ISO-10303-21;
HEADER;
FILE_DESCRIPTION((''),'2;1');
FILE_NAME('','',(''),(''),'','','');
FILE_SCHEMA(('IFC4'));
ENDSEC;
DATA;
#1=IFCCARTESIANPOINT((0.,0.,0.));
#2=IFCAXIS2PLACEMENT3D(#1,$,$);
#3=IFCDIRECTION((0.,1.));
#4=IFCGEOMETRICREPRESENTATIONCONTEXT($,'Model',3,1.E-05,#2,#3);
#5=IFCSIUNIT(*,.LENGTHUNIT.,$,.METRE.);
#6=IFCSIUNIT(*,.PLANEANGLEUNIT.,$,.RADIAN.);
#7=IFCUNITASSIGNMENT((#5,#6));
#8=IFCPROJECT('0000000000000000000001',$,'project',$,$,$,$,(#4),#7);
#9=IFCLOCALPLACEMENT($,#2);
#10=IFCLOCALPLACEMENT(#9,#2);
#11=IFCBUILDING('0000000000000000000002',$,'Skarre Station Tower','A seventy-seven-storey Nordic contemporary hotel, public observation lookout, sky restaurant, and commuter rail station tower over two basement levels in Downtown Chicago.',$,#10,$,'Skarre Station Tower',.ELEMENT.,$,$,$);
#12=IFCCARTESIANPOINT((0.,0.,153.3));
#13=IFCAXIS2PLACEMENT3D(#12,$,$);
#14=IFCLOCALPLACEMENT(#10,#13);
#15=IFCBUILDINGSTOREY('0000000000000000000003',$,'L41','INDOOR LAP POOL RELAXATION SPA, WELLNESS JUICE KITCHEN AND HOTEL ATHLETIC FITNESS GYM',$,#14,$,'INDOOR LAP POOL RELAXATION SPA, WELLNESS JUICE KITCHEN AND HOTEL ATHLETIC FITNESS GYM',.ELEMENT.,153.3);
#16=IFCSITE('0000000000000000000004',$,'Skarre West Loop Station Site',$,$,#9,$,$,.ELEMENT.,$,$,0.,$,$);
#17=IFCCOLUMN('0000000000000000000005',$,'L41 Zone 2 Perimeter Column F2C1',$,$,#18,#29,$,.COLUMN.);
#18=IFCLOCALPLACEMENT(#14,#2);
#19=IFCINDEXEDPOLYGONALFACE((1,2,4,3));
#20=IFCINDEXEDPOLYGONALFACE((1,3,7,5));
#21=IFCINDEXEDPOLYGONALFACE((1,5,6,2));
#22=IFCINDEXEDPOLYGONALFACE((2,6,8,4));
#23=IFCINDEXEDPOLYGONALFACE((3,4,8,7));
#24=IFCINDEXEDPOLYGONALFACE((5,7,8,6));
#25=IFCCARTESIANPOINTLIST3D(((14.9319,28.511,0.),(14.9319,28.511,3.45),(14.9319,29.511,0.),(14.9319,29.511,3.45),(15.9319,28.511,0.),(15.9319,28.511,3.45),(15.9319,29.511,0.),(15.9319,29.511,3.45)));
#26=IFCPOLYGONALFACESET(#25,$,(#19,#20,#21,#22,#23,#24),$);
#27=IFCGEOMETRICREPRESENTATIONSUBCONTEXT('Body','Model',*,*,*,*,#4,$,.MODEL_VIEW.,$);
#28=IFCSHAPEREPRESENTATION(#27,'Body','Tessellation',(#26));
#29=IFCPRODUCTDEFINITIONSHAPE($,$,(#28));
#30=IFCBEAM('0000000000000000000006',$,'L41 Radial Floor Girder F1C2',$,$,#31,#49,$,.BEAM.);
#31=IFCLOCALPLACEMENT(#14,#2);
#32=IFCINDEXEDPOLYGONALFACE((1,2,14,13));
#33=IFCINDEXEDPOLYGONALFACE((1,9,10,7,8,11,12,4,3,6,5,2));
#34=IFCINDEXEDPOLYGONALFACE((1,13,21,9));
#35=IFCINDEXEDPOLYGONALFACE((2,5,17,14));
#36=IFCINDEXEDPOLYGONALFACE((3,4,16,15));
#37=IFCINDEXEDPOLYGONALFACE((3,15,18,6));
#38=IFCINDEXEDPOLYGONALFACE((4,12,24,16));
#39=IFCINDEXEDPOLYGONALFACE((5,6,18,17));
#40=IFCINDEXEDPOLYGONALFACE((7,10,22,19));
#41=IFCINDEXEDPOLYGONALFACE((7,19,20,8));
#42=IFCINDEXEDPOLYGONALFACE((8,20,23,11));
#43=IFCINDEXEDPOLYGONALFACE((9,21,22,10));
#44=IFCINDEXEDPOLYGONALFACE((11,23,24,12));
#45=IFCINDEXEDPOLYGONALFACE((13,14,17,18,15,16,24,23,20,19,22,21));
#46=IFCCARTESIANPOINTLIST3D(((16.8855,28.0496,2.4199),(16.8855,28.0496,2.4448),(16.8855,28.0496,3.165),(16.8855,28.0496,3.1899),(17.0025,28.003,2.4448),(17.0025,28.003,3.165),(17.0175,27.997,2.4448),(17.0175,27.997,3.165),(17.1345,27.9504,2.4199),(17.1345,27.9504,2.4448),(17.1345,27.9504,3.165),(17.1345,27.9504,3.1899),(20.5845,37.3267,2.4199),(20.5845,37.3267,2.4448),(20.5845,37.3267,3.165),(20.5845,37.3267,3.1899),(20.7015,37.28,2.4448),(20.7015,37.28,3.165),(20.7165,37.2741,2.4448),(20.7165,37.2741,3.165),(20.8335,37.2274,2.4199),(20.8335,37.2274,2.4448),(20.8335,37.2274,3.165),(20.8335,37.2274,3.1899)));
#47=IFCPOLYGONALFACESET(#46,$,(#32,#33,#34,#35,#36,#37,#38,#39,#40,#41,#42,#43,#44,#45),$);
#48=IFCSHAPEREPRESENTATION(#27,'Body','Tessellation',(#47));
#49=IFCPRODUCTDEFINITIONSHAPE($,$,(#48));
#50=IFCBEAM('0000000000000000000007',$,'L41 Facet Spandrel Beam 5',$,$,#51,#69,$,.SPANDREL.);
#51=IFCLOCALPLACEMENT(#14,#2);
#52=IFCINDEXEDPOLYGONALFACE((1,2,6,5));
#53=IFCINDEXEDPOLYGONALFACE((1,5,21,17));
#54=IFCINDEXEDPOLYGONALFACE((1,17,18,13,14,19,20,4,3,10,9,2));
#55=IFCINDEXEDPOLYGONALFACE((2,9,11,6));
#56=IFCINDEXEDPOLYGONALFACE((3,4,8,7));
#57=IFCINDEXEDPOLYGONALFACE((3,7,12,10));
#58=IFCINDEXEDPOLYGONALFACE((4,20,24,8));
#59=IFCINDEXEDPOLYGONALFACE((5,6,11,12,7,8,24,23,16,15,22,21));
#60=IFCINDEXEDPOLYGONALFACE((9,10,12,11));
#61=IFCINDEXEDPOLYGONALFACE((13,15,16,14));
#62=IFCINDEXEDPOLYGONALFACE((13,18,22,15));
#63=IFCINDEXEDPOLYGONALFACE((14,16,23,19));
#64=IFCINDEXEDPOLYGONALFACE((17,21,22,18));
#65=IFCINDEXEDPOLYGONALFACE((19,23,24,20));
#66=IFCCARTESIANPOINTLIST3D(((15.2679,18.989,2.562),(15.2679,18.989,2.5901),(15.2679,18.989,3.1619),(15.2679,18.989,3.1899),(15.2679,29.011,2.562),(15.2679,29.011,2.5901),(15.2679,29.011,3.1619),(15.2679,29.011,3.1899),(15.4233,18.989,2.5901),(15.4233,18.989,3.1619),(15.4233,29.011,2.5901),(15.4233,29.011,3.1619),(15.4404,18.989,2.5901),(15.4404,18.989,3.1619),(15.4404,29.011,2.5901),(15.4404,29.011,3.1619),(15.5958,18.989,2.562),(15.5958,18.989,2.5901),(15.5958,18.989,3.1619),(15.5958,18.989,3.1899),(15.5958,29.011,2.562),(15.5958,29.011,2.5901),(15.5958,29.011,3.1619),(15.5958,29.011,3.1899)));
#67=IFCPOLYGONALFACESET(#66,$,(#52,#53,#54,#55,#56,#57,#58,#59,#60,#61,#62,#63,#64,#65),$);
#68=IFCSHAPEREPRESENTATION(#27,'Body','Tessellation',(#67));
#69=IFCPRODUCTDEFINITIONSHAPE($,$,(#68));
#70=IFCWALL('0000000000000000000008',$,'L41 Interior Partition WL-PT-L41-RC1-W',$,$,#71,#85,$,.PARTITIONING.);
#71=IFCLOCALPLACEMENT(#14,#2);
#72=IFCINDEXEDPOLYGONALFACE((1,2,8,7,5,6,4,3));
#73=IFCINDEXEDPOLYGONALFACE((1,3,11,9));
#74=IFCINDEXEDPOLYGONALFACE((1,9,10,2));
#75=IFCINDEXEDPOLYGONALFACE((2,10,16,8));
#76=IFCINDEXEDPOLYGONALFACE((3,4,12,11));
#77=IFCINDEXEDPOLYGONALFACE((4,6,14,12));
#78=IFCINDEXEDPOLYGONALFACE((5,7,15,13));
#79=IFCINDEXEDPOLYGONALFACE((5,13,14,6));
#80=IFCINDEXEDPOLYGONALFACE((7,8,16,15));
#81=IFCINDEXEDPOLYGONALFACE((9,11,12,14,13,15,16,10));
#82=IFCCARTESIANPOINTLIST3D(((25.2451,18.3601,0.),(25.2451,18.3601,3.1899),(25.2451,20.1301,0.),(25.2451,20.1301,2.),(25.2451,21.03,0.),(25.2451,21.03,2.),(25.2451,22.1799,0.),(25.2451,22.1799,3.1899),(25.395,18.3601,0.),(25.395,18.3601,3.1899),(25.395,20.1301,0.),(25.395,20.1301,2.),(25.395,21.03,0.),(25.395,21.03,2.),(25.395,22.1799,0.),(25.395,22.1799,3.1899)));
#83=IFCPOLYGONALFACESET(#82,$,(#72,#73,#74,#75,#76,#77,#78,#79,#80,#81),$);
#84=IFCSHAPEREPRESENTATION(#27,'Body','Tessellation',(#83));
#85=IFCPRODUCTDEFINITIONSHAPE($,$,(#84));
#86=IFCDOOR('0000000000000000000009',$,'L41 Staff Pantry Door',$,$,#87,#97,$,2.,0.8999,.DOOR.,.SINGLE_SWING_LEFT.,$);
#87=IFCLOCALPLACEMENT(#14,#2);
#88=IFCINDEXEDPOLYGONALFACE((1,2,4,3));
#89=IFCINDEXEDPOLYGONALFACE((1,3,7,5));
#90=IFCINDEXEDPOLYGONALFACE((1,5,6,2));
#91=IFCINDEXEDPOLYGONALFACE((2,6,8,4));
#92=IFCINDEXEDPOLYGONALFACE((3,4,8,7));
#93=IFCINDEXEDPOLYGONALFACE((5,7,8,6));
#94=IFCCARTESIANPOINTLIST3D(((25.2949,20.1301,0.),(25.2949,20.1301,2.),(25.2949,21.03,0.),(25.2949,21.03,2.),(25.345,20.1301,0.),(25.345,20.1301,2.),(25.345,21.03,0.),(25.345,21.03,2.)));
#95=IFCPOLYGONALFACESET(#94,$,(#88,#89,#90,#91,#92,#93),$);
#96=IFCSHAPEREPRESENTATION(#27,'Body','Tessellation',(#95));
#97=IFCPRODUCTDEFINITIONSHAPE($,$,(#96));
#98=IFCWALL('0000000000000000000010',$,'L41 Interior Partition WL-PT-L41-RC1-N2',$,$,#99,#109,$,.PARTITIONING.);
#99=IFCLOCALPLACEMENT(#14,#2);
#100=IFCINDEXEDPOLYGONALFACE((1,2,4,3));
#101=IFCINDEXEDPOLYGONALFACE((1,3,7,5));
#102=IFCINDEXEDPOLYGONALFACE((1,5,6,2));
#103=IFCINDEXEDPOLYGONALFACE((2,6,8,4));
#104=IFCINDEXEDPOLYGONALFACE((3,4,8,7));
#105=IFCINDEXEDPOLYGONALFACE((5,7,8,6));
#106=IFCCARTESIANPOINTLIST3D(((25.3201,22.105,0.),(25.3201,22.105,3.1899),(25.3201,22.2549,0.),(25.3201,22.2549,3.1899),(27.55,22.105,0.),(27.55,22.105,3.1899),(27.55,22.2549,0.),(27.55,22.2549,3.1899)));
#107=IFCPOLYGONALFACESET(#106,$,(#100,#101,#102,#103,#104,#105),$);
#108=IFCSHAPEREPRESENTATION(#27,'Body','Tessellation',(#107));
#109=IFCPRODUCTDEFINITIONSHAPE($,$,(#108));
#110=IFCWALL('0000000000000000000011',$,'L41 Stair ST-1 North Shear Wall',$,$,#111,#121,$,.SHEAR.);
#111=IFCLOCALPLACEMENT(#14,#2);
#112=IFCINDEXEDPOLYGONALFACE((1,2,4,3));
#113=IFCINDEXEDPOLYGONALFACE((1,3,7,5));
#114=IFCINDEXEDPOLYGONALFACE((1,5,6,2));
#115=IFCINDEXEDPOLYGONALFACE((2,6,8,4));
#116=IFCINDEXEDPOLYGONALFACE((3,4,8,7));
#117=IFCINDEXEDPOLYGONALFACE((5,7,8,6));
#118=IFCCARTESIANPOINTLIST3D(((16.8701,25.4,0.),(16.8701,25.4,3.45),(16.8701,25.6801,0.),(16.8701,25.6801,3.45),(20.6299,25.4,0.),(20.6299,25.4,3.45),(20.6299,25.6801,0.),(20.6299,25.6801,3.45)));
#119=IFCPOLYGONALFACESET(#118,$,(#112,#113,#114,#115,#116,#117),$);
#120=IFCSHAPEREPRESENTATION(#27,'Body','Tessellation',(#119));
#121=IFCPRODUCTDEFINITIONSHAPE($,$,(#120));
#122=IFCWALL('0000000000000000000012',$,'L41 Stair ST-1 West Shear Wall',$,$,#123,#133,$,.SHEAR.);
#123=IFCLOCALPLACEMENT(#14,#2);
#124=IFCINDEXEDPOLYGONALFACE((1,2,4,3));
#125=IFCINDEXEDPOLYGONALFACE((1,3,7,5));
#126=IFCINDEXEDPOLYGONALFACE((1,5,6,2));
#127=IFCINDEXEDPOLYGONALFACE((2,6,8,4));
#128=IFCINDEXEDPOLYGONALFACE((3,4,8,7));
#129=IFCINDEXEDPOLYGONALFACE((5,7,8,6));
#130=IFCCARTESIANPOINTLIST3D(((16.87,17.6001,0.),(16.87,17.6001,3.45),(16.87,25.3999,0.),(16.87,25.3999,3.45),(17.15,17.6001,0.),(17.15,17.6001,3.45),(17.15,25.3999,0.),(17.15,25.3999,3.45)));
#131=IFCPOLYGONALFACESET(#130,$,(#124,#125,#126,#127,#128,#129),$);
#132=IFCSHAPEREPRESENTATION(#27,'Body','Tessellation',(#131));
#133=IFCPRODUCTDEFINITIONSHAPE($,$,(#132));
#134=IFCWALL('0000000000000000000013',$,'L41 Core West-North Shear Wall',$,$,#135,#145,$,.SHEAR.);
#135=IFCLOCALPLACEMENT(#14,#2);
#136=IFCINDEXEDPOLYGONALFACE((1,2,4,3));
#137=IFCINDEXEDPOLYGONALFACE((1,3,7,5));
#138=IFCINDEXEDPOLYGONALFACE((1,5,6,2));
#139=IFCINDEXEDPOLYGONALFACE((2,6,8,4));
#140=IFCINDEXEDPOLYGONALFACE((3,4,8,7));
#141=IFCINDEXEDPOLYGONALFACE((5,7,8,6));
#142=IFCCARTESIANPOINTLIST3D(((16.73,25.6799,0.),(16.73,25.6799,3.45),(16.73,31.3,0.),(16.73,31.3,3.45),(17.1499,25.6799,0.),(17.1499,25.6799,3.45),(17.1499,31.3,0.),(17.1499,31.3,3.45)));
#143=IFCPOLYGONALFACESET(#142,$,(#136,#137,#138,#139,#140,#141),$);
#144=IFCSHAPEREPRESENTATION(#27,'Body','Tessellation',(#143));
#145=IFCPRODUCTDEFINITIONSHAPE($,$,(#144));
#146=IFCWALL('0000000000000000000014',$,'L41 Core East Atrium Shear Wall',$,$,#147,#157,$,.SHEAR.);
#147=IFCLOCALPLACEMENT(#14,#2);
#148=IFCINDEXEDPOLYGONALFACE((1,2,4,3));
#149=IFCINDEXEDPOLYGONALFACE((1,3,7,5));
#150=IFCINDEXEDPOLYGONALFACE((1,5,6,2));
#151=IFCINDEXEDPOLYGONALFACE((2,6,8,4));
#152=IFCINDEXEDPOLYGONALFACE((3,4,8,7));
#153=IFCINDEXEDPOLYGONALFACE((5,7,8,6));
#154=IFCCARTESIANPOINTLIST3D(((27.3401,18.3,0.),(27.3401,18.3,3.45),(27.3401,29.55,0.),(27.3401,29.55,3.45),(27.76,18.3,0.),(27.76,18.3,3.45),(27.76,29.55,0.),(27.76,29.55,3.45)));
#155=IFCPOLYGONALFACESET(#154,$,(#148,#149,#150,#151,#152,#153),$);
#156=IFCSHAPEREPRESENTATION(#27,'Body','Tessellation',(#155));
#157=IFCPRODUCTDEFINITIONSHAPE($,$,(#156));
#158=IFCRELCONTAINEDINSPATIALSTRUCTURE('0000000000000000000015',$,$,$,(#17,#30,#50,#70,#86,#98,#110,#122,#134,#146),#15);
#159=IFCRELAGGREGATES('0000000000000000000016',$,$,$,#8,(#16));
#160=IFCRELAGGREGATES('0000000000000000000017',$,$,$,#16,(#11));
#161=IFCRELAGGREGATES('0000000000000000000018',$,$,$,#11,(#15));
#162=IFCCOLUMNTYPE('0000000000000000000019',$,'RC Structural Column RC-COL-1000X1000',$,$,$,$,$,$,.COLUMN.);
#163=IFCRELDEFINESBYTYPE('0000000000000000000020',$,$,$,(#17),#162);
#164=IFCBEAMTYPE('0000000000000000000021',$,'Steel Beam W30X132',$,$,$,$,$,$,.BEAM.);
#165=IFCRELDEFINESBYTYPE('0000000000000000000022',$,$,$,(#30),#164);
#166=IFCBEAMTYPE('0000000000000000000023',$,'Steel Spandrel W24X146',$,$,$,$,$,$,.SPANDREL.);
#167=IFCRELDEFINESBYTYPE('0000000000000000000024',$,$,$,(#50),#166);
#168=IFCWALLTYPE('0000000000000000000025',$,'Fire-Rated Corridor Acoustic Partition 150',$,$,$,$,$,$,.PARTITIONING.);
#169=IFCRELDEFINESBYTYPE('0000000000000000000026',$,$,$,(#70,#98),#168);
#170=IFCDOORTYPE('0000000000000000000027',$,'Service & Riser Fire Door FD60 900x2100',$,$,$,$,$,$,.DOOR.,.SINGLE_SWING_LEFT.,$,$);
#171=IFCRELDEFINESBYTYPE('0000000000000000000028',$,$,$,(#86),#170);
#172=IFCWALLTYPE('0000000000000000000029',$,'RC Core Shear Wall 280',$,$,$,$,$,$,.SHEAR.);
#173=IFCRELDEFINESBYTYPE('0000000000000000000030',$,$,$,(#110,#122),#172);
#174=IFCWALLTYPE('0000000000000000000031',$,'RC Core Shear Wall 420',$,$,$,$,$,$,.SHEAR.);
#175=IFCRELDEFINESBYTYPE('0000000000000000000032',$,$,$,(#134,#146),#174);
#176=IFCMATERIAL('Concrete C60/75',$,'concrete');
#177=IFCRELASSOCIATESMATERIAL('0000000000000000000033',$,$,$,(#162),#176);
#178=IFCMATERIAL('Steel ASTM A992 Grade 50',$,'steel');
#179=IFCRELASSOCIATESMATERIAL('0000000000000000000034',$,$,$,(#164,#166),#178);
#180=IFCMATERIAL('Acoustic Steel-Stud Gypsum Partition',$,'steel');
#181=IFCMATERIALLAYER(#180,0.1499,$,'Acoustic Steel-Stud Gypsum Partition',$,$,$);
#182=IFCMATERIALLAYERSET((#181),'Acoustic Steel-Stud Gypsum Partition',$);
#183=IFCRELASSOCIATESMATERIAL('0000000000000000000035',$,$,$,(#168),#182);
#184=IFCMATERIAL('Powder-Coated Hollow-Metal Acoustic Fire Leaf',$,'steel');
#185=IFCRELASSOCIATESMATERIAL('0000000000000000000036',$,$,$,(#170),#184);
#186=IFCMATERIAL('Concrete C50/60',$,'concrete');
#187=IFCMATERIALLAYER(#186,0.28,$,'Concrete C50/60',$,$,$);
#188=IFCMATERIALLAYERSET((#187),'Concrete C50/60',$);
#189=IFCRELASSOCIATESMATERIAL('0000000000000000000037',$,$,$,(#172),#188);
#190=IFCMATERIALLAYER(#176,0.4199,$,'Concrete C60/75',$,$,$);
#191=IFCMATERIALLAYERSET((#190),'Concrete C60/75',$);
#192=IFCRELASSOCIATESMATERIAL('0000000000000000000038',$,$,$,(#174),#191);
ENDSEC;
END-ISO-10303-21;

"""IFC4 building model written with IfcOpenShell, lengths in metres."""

from ifc_helpers import new_model, si_unit, direction, frame, frame_2d, origin, origin_2d, place, context, subcontext, project, spatial, rectangle, i_section, extrude, material, layer, layer_set, material_profile, profile_set, type_object, element, fill, save


model = new_model("IFC4")

# Units and contexts
model_context = context("Model", 3, precision=1e-05, world=origin(), true_north=direction((0.0, 1.0)))
body_context = subcontext(model_context, "Body", "Model", "MODEL_VIEW")
ifc_project = project(units=[si_unit("LENGTHUNIT", "METRE"), si_unit("PLANEANGLEUNIT", "RADIAN")], contexts=[model_context])

# Site, building, storey
site_placement = place(None, origin())
site = spatial("IfcSite", under=ifc_project, at=site_placement, Name="Skarre West Loop Station Site", CompositionType="ELEMENT", RefElevation=0.0)
building_placement = place(site_placement, origin())
building = spatial("IfcBuilding", under=site, at=building_placement, Name="Skarre Station Tower", Description="A seventy-seven-storey Nordic contemporary hotel, public observation lookout, sky restaurant, and commuter rail station tower over two basement levels in Downtown Chicago.", LongName="Skarre Station Tower", CompositionType="ELEMENT")
storey_placement = place(building_placement, frame((0.0, 0.0, 153.3)))
storey = spatial("IfcBuildingStorey", under=building, at=storey_placement, Name="L41", Description="INDOOR LAP POOL RELAXATION SPA, WELLNESS JUICE KITCHEN AND HOTEL ATHLETIC FITNESS GYM", LongName="INDOOR LAP POOL RELAXATION SPA, WELLNESS JUICE KITCHEN AND HOTEL ATHLETIC FITNESS GYM", CompositionType="ELEMENT", Elevation=153.3)

# Column
ifc_material_1 = material(Name="Concrete C60/75", Category="concrete")
ifc_material_profile_1 = material_profile(ifc_material_1, rectangle(XDim=1.0, YDim=1.0, at=origin_2d()), Name="Concrete C60/75")
ifc_profile_set_1 = profile_set([ifc_material_profile_1], Name="Concrete C60/75")
column_type = type_object("IfcColumnType", Name="RC Structural Column RC-COL-1000X1000", PredefinedType="COLUMN", material=ifc_profile_set_1)
column_placement = place(storey_placement, frame((15.4319, 29.011, 0.0), z_axis=(0.0, 0.0, 1.0), x_axis=(1.0, 0.0, 0.0)))
element("IfcColumn", 1, at=column_placement, inside=storey, type_object=column_type, Name="L41 Zone 2 Perimeter Column F2C1", PredefinedType="COLUMN", context=body_context, shape_type="SweptSolid", body=[
    extrude(rectangle(XDim=1.0, YDim=1.0, at=origin_2d()), origin(), (0.0, 0.0, 1.0), 3.45),
])

# Beams
ifc_material_2 = material(Name="Steel ASTM A992 Grade 50", Category="steel")
ifc_material_profile_2 = material_profile(ifc_material_2, i_section(OverallWidth=0.2681, OverallDepth=0.77, WebThickness=0.0161, FlangeThickness=0.0249, at=origin_2d()), Name="Steel ASTM A992 Grade 50")
ifc_profile_set_2 = profile_set([ifc_material_profile_2], Name="Steel ASTM A992 Grade 50")
beam_type_1 = type_object("IfcBeamType", Name="Steel Beam W30X132", PredefinedType="BEAM", material=ifc_profile_set_2)
beam_1_placement = place(storey_placement, frame((17.01, 28.0, 2.8049), z_axis=(0.370366, 0.928886, 0.0), x_axis=(-0.928886, 0.370366, 0.0)))
element("IfcBeam", 2, at=beam_1_placement, inside=storey, type_object=beam_type_1, Name="L41 Radial Floor Girder F1C2", PredefinedType="BEAM", context=body_context, shape_type="SweptSolid", body=[
    extrude(i_section(OverallWidth=0.2681, OverallDepth=0.77, WebThickness=0.0161, FlangeThickness=0.0249, at=origin_2d()), origin(), (0.0, 0.0, 1.0), 9.9873),
])
ifc_material_profile_3 = material_profile(ifc_material_2, i_section(OverallWidth=0.3279, OverallDepth=0.6279, WebThickness=0.0171, FlangeThickness=0.0281, at=origin_2d()), Name="Steel ASTM A992 Grade 50")
ifc_profile_set_3 = profile_set([ifc_material_profile_3], Name="Steel ASTM A992 Grade 50")
beam_type_2 = type_object("IfcBeamType", Name="Steel Spandrel W24X146", PredefinedType="SPANDREL", material=ifc_profile_set_3)
beam_2_placement = place(storey_placement, frame((15.4319, 29.011, 2.876), z_axis=(0.0, -1.0, 0.0), x_axis=(1.0, 0.0, 0.0)))
element("IfcBeam", 3, at=beam_2_placement, inside=storey, type_object=beam_type_2, Name="L41 Facet Spandrel Beam 5", PredefinedType="SPANDREL", context=body_context, shape_type="SweptSolid", body=[
    extrude(i_section(OverallWidth=0.3279, OverallDepth=0.6279, WebThickness=0.0171, FlangeThickness=0.0281, at=origin_2d()), origin(), (0.0, 0.0, 1.0), 10.022),
])

# Wall, opening, door
ifc_material_3 = material(Name="Acoustic Steel-Stud Gypsum Partition", Category="steel")
ifc_layer_1 = layer(ifc_material_3, 0.1499, Name="Acoustic Steel-Stud Gypsum Partition")
ifc_layer_set_1 = layer_set([ifc_layer_1], Name="Acoustic Steel-Stud Gypsum Partition")
wall_type_1 = type_object("IfcWallType", Name="Fire-Rated Corridor Acoustic Partition 150", PredefinedType="PARTITIONING", material=ifc_layer_set_1)
wall_1_placement = place(storey_placement, frame((25.3201, 22.1799, 0.0), z_axis=(0.0, 0.0, 1.0), x_axis=(0.0, -1.0, 0.0)))
wall_1 = element("IfcWall", 4, at=wall_1_placement, inside=storey, type_object=wall_type_1, Name="L41 Interior Partition WL-PT-L41-RC1-W", PredefinedType="PARTITIONING", context=body_context, shape_type="SweptSolid", body=[
    extrude(rectangle(XDim=3.8198, YDim=0.1499, at=frame_2d((1.9099, 0.0))), origin(), (0.0, 0.0, 1.0), 3.1899),
])
opening_1_placement = place(wall_1_placement, frame((1.1499, 0.0, 0.0)))
opening_1 = element("IfcOpeningElement", 5, at=opening_1_placement, cuts=wall_1, PredefinedType="OPENING", context=body_context, shape_type="SweptSolid", body=[
    extrude(rectangle(XDim=0.8999, YDim=2.0, at=frame_2d((0.45, 1.0))), frame((0.0, 0.085, 0.0), z_axis=(0.0, -1.0, 0.0), x_axis=(1.0, 0.0, 0.0)), (0.0, 0.0, 1.0), 0.1699),
])
ifc_material_4 = material(Name="Powder-Coated Hollow-Metal Acoustic Fire Leaf", Category="steel")
door_type_1 = type_object("IfcDoorType", Name="Service & Riser Fire Door FD60 900x2100", OperationType="SINGLE_SWING_LEFT", PredefinedType="DOOR", material=ifc_material_4)
door_1_placement = place(opening_1_placement, origin())
door_1 = element("IfcDoor", 6, at=door_1_placement, inside=storey, type_object=door_type_1, Name="L41 Staff Pantry Door", OperationType="SINGLE_SWING_LEFT", OverallHeight=2.0, OverallWidth=0.8999, PredefinedType="DOOR", context=body_context, shape_type="SweptSolid", body=[
    extrude(rectangle(XDim=0.8999, YDim=2.0, at=frame_2d((0.45, 1.0))), frame((0.0, 0.0249, 0.0), z_axis=(0.0, -1.0, 0.0), x_axis=(1.0, 0.0, 0.0)), (0.0, 0.0, 1.0), 0.05),
])
fill(opening_1, door_1)

# Walls
wall_2_placement = place(storey_placement, frame((25.3201, 22.1799, 0.0), z_axis=(0.0, 0.0, 1.0), x_axis=(1.0, 0.0, 0.0)))
element("IfcWall", 7, at=wall_2_placement, inside=storey, type_object=wall_type_1, Name="L41 Interior Partition WL-PT-L41-RC1-N2", PredefinedType="PARTITIONING", context=body_context, shape_type="SweptSolid", body=[
    extrude(rectangle(XDim=2.23, YDim=0.1499, at=frame_2d((1.115, 0.0))), origin(), (0.0, 0.0, 1.0), 3.1899),
])
ifc_material_5 = material(Name="Concrete C50/60", Category="concrete")
ifc_layer_2 = layer(ifc_material_5, 0.28, Name="Concrete C50/60")
ifc_layer_set_2 = layer_set([ifc_layer_2], Name="Concrete C50/60")
wall_type_2 = type_object("IfcWallType", Name="RC Core Shear Wall 280", PredefinedType="SHEAR", material=ifc_layer_set_2)
wall_3_placement = place(storey_placement, frame((20.6299, 25.54, 0.0), z_axis=(0.0, 0.0, 1.0), x_axis=(-1.0, 0.0, 0.0)))
element("IfcWall", 8, at=wall_3_placement, inside=storey, type_object=wall_type_2, Name="L41 Stair ST-1 North Shear Wall", PredefinedType="SHEAR", context=body_context, shape_type="SweptSolid", body=[
    extrude(rectangle(XDim=3.7598, YDim=0.28, at=frame_2d((1.8799, 0.0))), origin(), (0.0, 0.0, 1.0), 3.45),
])
wall_4_placement = place(storey_placement, frame((17.01, 25.3999, 0.0), z_axis=(0.0, 0.0, 1.0), x_axis=(0.0, -1.0, 0.0)))
element("IfcWall", 9, at=wall_4_placement, inside=storey, type_object=wall_type_2, Name="L41 Stair ST-1 West Shear Wall", PredefinedType="SHEAR", context=body_context, shape_type="SweptSolid", body=[
    extrude(rectangle(XDim=7.7998, YDim=0.28, at=frame_2d((3.8999, 0.0))), origin(), (0.0, 0.0, 1.0), 3.45),
])
ifc_layer_3 = layer(ifc_material_1, 0.4199, Name="Concrete C60/75")
ifc_layer_set_3 = layer_set([ifc_layer_3], Name="Concrete C60/75")
wall_type_3 = type_object("IfcWallType", Name="RC Core Shear Wall 420", PredefinedType="SHEAR", material=ifc_layer_set_3)
wall_5_placement = place(storey_placement, frame((16.9399, 25.6799, 0.0), z_axis=(0.0, 0.0, 1.0), x_axis=(0.0, 1.0, 0.0)))
element("IfcWall", 10, at=wall_5_placement, inside=storey, type_object=wall_type_3, Name="L41 Core West-North Shear Wall", PredefinedType="SHEAR", context=body_context, shape_type="SweptSolid", body=[
    extrude(rectangle(XDim=5.6201, YDim=0.4199, at=frame_2d((2.8101, 0.0))), origin(), (0.0, 0.0, 1.0), 3.45),
])
wall_6_placement = place(storey_placement, frame((27.55, 29.55, 0.0), z_axis=(0.0, 0.0, 1.0), x_axis=(0.0, -1.0, 0.0)))
element("IfcWall", 11, at=wall_6_placement, inside=storey, type_object=wall_type_3, Name="L41 Core East Atrium Shear Wall", PredefinedType="SHEAR", context=body_context, shape_type="SweptSolid", body=[
    extrude(rectangle(XDim=11.25, YDim=0.4199, at=frame_2d((5.625, 0.0))), origin(), (0.0, 0.0, 1.0), 3.45),
])

save(model, "model.ifc")
